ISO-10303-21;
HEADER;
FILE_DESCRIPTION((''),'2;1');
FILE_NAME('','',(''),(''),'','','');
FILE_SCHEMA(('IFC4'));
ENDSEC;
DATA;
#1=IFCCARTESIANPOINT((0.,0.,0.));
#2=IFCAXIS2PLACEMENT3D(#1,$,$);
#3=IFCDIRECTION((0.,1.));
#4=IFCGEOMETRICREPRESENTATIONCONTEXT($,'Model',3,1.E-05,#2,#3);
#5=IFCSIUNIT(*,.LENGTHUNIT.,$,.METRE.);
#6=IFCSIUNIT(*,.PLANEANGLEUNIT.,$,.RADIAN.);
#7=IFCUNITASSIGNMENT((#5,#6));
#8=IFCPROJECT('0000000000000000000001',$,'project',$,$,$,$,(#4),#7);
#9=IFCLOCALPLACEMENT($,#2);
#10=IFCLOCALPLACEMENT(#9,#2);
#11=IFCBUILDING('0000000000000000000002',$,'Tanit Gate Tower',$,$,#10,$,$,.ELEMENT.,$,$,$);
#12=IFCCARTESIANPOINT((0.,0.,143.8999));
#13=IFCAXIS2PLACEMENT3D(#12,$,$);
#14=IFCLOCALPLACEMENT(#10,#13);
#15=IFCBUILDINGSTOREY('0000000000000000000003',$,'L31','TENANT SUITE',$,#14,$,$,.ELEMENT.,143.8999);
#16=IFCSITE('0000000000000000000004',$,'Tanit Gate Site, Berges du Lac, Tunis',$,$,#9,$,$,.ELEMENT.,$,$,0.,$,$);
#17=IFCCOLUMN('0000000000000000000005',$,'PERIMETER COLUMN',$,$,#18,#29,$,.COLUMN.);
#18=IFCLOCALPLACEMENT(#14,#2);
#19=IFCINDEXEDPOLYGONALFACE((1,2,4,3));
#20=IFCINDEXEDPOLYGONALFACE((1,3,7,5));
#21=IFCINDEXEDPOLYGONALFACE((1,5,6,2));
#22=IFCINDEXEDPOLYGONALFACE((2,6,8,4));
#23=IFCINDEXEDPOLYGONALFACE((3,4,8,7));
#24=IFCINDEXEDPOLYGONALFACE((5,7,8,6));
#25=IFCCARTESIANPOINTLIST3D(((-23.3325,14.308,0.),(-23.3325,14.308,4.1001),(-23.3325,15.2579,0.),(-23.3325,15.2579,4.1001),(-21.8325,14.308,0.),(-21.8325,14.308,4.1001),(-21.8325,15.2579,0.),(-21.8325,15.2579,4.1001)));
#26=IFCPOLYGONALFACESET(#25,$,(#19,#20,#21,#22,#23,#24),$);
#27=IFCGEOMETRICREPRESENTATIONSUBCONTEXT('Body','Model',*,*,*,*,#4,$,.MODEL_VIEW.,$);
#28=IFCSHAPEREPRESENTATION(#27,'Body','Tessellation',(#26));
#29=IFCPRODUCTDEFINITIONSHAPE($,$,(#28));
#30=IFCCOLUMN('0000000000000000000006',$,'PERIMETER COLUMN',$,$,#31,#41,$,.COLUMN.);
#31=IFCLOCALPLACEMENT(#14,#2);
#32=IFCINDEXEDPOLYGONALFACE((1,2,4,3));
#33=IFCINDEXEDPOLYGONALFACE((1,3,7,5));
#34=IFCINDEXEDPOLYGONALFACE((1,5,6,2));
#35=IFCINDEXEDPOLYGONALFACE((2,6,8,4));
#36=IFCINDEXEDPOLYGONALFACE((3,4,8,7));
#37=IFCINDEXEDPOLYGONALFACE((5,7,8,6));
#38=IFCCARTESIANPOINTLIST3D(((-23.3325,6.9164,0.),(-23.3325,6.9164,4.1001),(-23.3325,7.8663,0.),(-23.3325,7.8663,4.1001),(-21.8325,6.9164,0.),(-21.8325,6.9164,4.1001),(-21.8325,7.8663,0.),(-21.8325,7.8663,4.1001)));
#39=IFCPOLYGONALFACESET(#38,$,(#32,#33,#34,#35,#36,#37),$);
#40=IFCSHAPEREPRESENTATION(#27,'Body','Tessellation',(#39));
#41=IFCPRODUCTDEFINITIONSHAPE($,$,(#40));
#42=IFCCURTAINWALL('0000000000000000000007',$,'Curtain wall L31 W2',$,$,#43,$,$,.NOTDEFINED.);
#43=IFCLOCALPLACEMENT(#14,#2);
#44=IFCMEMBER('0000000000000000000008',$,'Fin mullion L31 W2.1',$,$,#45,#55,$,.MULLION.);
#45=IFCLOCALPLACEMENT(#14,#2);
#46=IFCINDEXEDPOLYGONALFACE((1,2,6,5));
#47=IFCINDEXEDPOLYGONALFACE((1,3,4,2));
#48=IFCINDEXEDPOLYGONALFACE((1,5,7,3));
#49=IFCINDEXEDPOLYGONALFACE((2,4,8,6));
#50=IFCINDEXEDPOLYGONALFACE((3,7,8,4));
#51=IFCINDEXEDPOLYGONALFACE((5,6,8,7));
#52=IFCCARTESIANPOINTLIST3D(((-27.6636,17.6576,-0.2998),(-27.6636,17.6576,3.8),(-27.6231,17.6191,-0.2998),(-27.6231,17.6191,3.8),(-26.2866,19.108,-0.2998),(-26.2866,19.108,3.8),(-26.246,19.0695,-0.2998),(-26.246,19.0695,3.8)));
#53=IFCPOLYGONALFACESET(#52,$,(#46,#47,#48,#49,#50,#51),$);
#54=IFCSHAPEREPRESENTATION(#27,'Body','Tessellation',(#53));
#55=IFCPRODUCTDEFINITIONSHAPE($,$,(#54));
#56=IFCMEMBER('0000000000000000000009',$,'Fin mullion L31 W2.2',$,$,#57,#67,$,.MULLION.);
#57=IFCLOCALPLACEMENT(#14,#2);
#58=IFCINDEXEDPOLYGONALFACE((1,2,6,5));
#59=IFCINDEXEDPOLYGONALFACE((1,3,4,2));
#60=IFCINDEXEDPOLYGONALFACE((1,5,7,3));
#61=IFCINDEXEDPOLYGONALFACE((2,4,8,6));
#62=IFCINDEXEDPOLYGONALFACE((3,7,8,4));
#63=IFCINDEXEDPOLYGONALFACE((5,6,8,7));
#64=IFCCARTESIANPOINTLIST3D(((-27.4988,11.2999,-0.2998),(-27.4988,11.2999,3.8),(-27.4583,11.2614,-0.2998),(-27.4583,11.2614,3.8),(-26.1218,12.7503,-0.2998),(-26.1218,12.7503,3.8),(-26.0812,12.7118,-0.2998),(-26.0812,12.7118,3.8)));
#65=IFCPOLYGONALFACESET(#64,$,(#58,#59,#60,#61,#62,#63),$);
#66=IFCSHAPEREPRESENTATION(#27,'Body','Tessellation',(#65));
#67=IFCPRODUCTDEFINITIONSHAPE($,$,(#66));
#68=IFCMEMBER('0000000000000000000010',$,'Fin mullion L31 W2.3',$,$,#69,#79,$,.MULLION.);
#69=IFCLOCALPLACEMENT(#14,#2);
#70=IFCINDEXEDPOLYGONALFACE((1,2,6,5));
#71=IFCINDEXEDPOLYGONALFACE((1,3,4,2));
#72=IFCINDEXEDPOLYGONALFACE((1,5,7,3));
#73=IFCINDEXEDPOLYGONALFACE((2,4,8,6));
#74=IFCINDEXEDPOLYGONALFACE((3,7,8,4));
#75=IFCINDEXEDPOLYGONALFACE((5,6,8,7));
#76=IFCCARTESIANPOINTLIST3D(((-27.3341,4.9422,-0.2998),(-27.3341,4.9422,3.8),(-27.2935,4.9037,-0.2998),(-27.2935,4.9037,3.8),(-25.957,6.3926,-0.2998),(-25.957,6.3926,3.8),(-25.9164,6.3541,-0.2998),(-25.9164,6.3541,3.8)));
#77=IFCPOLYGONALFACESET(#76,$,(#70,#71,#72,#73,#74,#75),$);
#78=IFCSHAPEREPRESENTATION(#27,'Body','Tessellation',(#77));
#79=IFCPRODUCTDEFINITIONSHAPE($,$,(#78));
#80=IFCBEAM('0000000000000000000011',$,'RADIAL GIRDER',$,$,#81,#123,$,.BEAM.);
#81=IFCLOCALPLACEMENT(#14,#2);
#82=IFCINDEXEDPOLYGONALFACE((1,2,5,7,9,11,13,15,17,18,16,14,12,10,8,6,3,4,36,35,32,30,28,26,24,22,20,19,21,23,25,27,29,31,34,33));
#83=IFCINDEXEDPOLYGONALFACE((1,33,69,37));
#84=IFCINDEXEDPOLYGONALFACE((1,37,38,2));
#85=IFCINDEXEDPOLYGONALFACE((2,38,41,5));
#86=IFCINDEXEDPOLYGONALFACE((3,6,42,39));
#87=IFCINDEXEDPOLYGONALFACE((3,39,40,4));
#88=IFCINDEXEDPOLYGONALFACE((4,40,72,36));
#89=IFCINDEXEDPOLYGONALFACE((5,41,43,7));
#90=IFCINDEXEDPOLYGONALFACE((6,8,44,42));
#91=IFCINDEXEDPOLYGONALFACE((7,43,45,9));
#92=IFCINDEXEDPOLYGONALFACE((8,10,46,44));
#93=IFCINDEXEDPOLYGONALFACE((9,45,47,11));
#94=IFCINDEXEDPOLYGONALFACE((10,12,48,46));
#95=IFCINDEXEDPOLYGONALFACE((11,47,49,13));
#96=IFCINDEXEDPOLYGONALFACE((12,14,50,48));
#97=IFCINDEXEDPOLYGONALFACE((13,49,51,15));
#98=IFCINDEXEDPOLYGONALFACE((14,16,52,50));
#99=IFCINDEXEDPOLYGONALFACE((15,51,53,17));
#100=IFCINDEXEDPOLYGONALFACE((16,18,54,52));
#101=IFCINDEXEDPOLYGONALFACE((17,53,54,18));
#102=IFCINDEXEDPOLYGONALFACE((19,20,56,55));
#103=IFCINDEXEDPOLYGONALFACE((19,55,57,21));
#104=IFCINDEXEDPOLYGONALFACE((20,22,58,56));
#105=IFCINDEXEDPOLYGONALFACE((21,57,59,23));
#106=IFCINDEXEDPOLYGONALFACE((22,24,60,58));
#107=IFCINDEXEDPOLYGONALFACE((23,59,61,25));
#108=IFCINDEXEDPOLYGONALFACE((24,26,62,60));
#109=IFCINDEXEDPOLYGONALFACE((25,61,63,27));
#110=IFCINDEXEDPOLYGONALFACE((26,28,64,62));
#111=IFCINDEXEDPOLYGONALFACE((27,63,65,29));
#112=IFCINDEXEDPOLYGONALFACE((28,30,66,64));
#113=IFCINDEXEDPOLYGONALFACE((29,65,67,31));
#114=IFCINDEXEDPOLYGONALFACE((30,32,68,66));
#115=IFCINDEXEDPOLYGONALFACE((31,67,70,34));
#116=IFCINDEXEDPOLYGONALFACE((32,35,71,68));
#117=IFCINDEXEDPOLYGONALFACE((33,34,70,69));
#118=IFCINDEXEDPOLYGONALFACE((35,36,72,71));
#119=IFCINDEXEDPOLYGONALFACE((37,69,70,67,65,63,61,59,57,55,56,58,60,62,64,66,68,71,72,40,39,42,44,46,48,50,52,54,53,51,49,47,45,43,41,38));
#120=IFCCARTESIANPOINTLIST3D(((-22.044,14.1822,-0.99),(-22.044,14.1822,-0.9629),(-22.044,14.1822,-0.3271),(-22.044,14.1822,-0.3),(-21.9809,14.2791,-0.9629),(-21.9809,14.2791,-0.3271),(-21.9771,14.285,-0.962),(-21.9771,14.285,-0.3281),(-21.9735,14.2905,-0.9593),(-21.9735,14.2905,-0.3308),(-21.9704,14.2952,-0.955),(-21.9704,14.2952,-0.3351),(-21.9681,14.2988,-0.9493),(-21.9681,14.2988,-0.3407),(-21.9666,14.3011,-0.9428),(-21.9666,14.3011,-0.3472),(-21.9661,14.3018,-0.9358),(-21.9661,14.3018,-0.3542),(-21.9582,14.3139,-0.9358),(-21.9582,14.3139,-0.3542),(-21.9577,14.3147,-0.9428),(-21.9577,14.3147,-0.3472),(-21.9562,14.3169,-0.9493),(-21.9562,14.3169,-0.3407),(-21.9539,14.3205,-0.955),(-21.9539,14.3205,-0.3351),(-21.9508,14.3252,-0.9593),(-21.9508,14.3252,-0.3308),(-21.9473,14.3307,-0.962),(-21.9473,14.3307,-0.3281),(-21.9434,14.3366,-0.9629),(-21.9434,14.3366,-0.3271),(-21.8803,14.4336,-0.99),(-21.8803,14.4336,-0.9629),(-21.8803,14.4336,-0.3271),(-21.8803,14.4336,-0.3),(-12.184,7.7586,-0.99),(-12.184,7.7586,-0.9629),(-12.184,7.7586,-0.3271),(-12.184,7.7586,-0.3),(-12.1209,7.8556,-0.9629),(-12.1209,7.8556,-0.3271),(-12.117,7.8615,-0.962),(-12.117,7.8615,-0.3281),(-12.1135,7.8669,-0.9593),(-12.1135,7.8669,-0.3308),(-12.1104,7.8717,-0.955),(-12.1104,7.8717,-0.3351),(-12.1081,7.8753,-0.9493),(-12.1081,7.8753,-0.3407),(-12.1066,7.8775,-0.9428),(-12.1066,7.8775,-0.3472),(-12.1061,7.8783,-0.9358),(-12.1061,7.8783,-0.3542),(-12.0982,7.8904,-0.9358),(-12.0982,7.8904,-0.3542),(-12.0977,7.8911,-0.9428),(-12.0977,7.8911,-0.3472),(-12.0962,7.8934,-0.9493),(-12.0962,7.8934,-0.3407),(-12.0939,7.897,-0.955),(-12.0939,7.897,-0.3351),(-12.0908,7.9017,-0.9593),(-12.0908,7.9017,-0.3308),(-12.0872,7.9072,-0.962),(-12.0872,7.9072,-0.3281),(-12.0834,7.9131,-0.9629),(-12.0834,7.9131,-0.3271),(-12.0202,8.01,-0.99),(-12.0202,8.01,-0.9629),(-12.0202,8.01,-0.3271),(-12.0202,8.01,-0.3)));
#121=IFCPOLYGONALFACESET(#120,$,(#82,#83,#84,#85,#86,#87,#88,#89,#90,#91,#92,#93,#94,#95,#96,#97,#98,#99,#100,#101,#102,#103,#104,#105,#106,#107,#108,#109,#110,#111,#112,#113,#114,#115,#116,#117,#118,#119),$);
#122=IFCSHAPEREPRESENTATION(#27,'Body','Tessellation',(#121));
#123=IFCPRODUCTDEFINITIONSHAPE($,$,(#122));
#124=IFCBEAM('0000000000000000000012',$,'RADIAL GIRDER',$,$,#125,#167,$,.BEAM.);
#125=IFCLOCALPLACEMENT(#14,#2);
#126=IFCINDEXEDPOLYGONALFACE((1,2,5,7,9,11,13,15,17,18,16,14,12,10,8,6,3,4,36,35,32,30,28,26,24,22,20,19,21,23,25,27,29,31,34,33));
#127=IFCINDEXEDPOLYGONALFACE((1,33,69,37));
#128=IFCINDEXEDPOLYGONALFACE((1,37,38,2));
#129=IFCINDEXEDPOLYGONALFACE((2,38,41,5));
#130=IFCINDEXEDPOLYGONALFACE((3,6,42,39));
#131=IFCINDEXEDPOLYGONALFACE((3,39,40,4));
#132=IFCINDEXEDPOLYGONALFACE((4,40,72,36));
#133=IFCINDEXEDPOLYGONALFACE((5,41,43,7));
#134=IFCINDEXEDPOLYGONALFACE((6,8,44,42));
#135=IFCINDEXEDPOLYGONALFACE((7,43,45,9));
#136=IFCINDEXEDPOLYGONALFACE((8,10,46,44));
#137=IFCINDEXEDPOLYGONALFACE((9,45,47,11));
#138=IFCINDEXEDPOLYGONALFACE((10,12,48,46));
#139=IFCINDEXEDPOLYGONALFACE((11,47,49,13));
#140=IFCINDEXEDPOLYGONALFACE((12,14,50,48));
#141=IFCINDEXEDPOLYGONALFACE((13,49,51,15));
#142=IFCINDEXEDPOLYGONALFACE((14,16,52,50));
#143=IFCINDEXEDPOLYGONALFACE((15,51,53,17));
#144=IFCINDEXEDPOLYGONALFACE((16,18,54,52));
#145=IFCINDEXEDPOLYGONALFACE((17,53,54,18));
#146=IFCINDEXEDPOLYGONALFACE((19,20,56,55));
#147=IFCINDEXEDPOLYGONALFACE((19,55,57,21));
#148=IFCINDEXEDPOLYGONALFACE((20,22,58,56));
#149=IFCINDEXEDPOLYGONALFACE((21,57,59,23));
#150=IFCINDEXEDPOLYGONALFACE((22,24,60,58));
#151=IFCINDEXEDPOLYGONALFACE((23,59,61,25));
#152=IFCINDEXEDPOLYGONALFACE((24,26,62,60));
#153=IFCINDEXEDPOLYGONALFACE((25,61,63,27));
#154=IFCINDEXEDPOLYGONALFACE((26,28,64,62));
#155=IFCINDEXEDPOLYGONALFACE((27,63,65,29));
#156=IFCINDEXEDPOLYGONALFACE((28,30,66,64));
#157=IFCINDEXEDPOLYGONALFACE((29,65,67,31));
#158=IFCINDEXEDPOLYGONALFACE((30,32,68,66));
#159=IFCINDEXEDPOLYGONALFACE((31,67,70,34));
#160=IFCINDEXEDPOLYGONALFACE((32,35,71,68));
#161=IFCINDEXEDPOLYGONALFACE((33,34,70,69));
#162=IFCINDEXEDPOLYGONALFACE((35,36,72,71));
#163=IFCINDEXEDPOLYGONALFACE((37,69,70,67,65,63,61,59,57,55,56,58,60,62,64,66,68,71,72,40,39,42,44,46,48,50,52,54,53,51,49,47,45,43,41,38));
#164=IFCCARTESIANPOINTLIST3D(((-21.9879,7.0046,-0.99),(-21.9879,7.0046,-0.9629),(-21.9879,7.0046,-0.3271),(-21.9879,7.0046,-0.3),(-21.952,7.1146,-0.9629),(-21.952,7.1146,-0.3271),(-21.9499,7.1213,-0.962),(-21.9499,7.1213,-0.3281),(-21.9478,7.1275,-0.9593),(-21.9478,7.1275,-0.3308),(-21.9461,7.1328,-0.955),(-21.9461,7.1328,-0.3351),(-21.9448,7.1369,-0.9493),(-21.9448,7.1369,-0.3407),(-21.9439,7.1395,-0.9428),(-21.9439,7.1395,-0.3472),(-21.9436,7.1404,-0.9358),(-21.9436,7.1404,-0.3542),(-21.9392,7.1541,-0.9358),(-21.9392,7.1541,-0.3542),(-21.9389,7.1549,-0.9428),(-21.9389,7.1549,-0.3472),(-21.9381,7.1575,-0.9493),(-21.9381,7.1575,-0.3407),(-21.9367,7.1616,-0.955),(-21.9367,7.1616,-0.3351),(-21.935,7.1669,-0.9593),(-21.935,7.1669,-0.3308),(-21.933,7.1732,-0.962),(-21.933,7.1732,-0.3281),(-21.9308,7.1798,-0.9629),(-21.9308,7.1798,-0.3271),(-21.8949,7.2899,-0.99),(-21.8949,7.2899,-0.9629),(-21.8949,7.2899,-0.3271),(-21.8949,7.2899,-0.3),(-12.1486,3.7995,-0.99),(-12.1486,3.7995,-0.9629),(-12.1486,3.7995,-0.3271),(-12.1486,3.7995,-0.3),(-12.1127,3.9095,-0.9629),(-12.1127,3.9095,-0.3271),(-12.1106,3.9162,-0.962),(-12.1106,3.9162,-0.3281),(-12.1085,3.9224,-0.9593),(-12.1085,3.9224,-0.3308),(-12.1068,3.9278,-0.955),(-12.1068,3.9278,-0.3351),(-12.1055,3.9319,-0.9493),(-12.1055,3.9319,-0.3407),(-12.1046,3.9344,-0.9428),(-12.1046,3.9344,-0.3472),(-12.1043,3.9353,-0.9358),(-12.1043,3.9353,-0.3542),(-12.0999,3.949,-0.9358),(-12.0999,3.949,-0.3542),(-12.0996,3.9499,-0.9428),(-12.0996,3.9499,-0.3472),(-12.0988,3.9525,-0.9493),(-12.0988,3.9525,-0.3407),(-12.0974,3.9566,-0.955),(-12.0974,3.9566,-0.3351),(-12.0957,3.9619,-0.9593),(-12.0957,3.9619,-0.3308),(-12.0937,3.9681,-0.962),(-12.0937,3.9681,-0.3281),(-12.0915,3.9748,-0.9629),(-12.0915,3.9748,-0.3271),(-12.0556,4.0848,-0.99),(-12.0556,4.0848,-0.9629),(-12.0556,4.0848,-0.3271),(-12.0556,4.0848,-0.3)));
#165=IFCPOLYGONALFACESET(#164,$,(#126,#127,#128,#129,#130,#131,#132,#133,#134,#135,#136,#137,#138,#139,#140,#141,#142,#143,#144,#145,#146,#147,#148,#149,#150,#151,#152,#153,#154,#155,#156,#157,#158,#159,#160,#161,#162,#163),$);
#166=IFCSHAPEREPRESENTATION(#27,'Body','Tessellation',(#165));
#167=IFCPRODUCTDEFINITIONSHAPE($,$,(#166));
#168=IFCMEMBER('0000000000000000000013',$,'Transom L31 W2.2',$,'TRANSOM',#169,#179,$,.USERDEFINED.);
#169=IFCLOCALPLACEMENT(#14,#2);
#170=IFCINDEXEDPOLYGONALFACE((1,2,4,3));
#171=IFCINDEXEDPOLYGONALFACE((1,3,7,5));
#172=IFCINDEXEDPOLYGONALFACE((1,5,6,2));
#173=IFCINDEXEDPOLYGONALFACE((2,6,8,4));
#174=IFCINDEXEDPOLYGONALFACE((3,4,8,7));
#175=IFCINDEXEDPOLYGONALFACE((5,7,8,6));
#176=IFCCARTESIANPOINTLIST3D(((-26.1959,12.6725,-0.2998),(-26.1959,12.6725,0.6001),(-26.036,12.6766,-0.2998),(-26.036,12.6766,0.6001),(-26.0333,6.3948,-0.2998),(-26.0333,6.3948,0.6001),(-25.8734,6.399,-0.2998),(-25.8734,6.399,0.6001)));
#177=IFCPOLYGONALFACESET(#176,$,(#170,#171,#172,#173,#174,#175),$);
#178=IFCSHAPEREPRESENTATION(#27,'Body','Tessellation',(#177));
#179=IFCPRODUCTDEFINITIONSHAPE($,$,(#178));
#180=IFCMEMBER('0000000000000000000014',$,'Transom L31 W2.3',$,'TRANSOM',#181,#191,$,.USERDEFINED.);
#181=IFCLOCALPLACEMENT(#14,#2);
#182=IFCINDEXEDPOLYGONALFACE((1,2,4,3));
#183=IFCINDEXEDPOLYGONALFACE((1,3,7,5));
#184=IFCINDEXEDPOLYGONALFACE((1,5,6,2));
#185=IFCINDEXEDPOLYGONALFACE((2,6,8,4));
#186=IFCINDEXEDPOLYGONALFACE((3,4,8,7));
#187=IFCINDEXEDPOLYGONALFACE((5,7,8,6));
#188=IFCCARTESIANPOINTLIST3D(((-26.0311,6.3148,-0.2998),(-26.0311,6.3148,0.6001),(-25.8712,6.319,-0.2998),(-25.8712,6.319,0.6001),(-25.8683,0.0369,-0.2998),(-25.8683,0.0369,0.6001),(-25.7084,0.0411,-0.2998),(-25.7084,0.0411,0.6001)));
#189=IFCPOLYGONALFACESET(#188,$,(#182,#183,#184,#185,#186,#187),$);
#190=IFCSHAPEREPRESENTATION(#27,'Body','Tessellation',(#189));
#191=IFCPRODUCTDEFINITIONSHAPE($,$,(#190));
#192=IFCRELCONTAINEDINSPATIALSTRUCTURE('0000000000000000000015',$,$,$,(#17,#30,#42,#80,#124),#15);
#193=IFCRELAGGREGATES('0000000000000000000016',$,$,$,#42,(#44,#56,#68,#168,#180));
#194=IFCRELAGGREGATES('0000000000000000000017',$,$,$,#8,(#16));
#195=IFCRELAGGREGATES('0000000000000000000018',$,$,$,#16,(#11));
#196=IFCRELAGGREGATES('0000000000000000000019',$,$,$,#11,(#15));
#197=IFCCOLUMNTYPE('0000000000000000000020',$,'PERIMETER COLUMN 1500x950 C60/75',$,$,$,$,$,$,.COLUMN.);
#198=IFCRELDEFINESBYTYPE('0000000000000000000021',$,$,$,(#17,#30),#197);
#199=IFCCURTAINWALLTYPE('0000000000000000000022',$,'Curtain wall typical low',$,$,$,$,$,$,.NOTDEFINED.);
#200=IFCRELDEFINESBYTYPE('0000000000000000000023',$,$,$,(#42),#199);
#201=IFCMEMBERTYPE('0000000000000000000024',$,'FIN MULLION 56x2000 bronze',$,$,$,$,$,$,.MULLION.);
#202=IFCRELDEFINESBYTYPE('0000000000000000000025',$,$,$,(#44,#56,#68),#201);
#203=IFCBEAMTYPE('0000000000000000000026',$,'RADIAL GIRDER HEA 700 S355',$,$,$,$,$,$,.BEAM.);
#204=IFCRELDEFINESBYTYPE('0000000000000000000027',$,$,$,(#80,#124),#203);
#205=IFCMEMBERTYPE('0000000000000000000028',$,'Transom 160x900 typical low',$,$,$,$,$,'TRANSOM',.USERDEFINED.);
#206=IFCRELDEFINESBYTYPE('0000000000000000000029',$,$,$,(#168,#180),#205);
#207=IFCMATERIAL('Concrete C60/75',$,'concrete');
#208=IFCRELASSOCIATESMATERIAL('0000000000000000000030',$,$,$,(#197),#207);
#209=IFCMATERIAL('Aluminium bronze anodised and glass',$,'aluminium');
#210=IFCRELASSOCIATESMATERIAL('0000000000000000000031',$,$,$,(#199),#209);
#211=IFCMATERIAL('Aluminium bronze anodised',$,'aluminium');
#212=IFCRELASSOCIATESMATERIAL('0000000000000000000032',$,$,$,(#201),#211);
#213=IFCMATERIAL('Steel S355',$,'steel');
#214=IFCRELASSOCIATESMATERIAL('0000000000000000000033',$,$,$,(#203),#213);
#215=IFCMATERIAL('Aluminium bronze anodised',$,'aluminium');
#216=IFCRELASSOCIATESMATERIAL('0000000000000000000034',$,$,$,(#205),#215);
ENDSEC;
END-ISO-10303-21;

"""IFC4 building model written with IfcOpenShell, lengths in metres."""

from ifc_helpers import new_model, si_unit, direction, frame, origin, origin_2d, place, context, subcontext, project, spatial, rectangle, i_section, extrude, material, material_profile, profile_set, type_object, element, aggregate, save


model = new_model("IFC4")

# Units and contexts
model_context = context("Model", 3, precision=1e-05, world=origin(), true_north=direction((0.0, 1.0)))
body_context = subcontext(model_context, "Body", "Model", "MODEL_VIEW")
ifc_project = project(units=[si_unit("LENGTHUNIT", "METRE"), si_unit("PLANEANGLEUNIT", "RADIAN")], contexts=[model_context])

# Site, building, storey
site_placement = place(None, origin())
site = spatial("IfcSite", under=ifc_project, at=site_placement, Name="Tanit Gate Site, Berges du Lac, Tunis", CompositionType="ELEMENT", RefElevation=0.0)
building_placement = place(site_placement, origin())
building = spatial("IfcBuilding", under=site, at=building_placement, Name="Tanit Gate Tower", CompositionType="ELEMENT")
storey_placement = place(building_placement, frame((0.0, 0.0, 143.8999)))
storey = spatial("IfcBuildingStorey", under=building, at=storey_placement, Name="L31", Description="TENANT SUITE", CompositionType="ELEMENT", Elevation=143.8999)

# Columns
ifc_material_1 = material(Name="Concrete C60/75", Category="concrete")
ifc_material_profile_1 = material_profile(ifc_material_1, rectangle(XDim=1.5, YDim=0.95, at=origin_2d()), Name="RC 1500x950")
ifc_profile_set_1 = profile_set([ifc_material_profile_1], Name="Concrete C60/75")
column_type = type_object("IfcColumnType", Name="PERIMETER COLUMN 1500x950 C60/75", PredefinedType="COLUMN", material=ifc_profile_set_1)
for number, where, z_axis, x_axis, name in (
    (1, (-22.5825, 14.783, 0.0), (0.0, 0.0, 1.0), (-1.0, 0.0, 0.0), "PERIMETER COLUMN"),
    (2, (-22.5825, 7.3914, 0.0), (0.0, 0.0, 1.0), (-1.0, 0.0, 0.0), "PERIMETER COLUMN"),
):
    element("IfcColumn", number, at=place(storey_placement, frame(where, z_axis=z_axis, x_axis=x_axis)), inside=storey, type_object=column_type, Name=name, PredefinedType="COLUMN", context=body_context, shape_type="SweptSolid", body=[
        extrude(rectangle(XDim=1.5, YDim=0.95, at=origin_2d()), origin(), (0.0, 0.0, 1.0), 4.1001),
    ])

# Curtain wall, members
ifc_material_2 = material(Name="Aluminium bronze anodised and glass", Category="aluminium")
curtain_wall_type = type_object("IfcCurtainWallType", Name="Curtain wall typical low", PredefinedType="NOTDEFINED", material=ifc_material_2)
curtain_wall_placement = place(storey_placement, origin())
curtain_wall = element("IfcCurtainWall", 3, at=curtain_wall_placement, inside=storey, type_object=curtain_wall_type, Name="Curtain wall L31 W2", PredefinedType="NOTDEFINED")
ifc_material_3 = material(Name="Aluminium bronze anodised", Category="aluminium")
ifc_material_profile_2 = material_profile(ifc_material_3, rectangle(XDim=2.0, YDim=0.0559, at=origin_2d()), Name="56x2000 bronze fin mullion")
ifc_profile_set_2 = profile_set([ifc_material_profile_2], Name="Aluminium bronze anodised")
member_type_1 = type_object("IfcMemberType", Name="FIN MULLION 56x2000 bronze", PredefinedType="MULLION", material=ifc_profile_set_2)
member_1_placement = place(storey_placement, frame((-26.9548, 18.3635, -0.2998), z_axis=(0.0, 0.0, 1.0), x_axis=(0.688538, 0.7252, 0.0)))
member_1 = element("IfcMember", 4, at=member_1_placement, type_object=member_type_1, Name="Fin mullion L31 W2.1", PredefinedType="MULLION", context=body_context, shape_type="SweptSolid", body=[
    extrude(rectangle(XDim=2.0, YDim=0.0559, at=origin_2d()), origin(), (0.0, 0.0, 1.0), 4.0999),
])
member_2_placement = place(storey_placement, frame((-26.79, 12.0059, -0.2998), z_axis=(0.0, 0.0, 1.0), x_axis=(0.688538, 0.7252, 0.0)))
member_2 = element("IfcMember", 5, at=member_2_placement, type_object=member_type_1, Name="Fin mullion L31 W2.2", PredefinedType="MULLION", context=body_context, shape_type="SweptSolid", body=[
    extrude(rectangle(XDim=2.0, YDim=0.0559, at=origin_2d()), origin(), (0.0, 0.0, 1.0), 4.0999),
])
member_3_placement = place(storey_placement, frame((-26.6252, 5.6482, -0.2998), z_axis=(0.0, 0.0, 1.0), x_axis=(0.688538, 0.7252, 0.0)))
member_3 = element("IfcMember", 6, at=member_3_placement, type_object=member_type_1, Name="Fin mullion L31 W2.3", PredefinedType="MULLION", context=body_context, shape_type="SweptSolid", body=[
    extrude(rectangle(XDim=2.0, YDim=0.0559, at=origin_2d()), origin(), (0.0, 0.0, 1.0), 4.0999),
])

# Beams
ifc_material_4 = material(Name="Steel S355", Category="steel")
ifc_material_profile_3 = material_profile(ifc_material_4, i_section(OverallWidth=0.3, OverallDepth=0.6899, WebThickness=0.0144, FlangeThickness=0.0271, FilletRadius=0.0271, at=origin_2d()), Name="HEA 700")
ifc_profile_set_3 = profile_set([ifc_material_profile_3], Name="Steel S355")
beam_type = type_object("IfcBeamType", Name="RADIAL GIRDER HEA 700 S355", PredefinedType="BEAM", material=ifc_profile_set_3)
beam_1_placement = place(storey_placement, frame((-21.9622, 14.3079, -0.645), z_axis=(0.83788, -0.545855, 0.0), x_axis=(0.545855, 0.83788, 0.0)))
element("IfcBeam", 7, at=beam_1_placement, inside=storey, type_object=beam_type, Name="RADIAL GIRDER", PredefinedType="BEAM", context=body_context, shape_type="SweptSolid", body=[
    extrude(i_section(OverallWidth=0.3, OverallDepth=0.6899, WebThickness=0.0144, FlangeThickness=0.0271, FilletRadius=0.0271, at=origin_2d()), origin(), (0.0, 0.0, 1.0), 11.7678),
])
beam_2_placement = place(storey_placement, frame((-21.9414, 7.1472, -0.645), z_axis=(0.950827, -0.309723, 0.0), x_axis=(0.309723, 0.950827, 0.0)))
element("IfcBeam", 8, at=beam_2_placement, inside=storey, type_object=beam_type, Name="RADIAL GIRDER", PredefinedType="BEAM", context=body_context, shape_type="SweptSolid", body=[
    extrude(i_section(OverallWidth=0.3, OverallDepth=0.6899, WebThickness=0.0144, FlangeThickness=0.0271, FilletRadius=0.0271, at=origin_2d()), origin(), (0.0, 0.0, 1.0), 10.3481),
])

# Members
ifc_material_5 = material(Name="Aluminium bronze anodised", Category="aluminium")
ifc_material_profile_4 = material_profile(ifc_material_5, rectangle(XDim=0.1599, YDim=0.8999, at=origin_2d()), Name="160x900 bronze transom")
ifc_profile_set_4 = profile_set([ifc_material_profile_4], Name="Aluminium bronze anodised")
member_type_2 = type_object("IfcMemberType", Name="Transom 160x900 typical low", ElementType="TRANSOM", PredefinedType="USERDEFINED", material=ifc_profile_set_4)
member_4_placement = place(storey_placement, frame((-26.116, 12.6746, 0.1501), z_axis=(0.025893, -0.999665, 0.0), x_axis=(0.999665, 0.025893, 0.0)))
member_4 = element("IfcMember", 9, at=member_4_placement, type_object=member_type_2, Name="Transom L31 W2.2", ObjectType="TRANSOM", PredefinedType="USERDEFINED", context=body_context, shape_type="SweptSolid", body=[
    extrude(rectangle(XDim=0.1599, YDim=0.8999, at=origin_2d()), origin(), (0.0, 0.0, 1.0), 6.2798),
])
member_5_placement = place(storey_placement, frame((-25.9512, 6.3169, 0.1501), z_axis=(0.02593, -0.999664, 0.0), x_axis=(0.999664, 0.02593, 0.0)))
member_5 = element("IfcMember", 10, at=member_5_placement, type_object=member_type_2, Name="Transom L31 W2.3", ObjectType="TRANSOM", PredefinedType="USERDEFINED", context=body_context, shape_type="SweptSolid", body=[
    extrude(rectangle(XDim=0.1599, YDim=0.8999, at=origin_2d()), origin(), (0.0, 0.0, 1.0), 6.28),
])

aggregate(curtain_wall, [member_1, member_2, member_3, member_4, member_5])

save(model, "model.ifc")
